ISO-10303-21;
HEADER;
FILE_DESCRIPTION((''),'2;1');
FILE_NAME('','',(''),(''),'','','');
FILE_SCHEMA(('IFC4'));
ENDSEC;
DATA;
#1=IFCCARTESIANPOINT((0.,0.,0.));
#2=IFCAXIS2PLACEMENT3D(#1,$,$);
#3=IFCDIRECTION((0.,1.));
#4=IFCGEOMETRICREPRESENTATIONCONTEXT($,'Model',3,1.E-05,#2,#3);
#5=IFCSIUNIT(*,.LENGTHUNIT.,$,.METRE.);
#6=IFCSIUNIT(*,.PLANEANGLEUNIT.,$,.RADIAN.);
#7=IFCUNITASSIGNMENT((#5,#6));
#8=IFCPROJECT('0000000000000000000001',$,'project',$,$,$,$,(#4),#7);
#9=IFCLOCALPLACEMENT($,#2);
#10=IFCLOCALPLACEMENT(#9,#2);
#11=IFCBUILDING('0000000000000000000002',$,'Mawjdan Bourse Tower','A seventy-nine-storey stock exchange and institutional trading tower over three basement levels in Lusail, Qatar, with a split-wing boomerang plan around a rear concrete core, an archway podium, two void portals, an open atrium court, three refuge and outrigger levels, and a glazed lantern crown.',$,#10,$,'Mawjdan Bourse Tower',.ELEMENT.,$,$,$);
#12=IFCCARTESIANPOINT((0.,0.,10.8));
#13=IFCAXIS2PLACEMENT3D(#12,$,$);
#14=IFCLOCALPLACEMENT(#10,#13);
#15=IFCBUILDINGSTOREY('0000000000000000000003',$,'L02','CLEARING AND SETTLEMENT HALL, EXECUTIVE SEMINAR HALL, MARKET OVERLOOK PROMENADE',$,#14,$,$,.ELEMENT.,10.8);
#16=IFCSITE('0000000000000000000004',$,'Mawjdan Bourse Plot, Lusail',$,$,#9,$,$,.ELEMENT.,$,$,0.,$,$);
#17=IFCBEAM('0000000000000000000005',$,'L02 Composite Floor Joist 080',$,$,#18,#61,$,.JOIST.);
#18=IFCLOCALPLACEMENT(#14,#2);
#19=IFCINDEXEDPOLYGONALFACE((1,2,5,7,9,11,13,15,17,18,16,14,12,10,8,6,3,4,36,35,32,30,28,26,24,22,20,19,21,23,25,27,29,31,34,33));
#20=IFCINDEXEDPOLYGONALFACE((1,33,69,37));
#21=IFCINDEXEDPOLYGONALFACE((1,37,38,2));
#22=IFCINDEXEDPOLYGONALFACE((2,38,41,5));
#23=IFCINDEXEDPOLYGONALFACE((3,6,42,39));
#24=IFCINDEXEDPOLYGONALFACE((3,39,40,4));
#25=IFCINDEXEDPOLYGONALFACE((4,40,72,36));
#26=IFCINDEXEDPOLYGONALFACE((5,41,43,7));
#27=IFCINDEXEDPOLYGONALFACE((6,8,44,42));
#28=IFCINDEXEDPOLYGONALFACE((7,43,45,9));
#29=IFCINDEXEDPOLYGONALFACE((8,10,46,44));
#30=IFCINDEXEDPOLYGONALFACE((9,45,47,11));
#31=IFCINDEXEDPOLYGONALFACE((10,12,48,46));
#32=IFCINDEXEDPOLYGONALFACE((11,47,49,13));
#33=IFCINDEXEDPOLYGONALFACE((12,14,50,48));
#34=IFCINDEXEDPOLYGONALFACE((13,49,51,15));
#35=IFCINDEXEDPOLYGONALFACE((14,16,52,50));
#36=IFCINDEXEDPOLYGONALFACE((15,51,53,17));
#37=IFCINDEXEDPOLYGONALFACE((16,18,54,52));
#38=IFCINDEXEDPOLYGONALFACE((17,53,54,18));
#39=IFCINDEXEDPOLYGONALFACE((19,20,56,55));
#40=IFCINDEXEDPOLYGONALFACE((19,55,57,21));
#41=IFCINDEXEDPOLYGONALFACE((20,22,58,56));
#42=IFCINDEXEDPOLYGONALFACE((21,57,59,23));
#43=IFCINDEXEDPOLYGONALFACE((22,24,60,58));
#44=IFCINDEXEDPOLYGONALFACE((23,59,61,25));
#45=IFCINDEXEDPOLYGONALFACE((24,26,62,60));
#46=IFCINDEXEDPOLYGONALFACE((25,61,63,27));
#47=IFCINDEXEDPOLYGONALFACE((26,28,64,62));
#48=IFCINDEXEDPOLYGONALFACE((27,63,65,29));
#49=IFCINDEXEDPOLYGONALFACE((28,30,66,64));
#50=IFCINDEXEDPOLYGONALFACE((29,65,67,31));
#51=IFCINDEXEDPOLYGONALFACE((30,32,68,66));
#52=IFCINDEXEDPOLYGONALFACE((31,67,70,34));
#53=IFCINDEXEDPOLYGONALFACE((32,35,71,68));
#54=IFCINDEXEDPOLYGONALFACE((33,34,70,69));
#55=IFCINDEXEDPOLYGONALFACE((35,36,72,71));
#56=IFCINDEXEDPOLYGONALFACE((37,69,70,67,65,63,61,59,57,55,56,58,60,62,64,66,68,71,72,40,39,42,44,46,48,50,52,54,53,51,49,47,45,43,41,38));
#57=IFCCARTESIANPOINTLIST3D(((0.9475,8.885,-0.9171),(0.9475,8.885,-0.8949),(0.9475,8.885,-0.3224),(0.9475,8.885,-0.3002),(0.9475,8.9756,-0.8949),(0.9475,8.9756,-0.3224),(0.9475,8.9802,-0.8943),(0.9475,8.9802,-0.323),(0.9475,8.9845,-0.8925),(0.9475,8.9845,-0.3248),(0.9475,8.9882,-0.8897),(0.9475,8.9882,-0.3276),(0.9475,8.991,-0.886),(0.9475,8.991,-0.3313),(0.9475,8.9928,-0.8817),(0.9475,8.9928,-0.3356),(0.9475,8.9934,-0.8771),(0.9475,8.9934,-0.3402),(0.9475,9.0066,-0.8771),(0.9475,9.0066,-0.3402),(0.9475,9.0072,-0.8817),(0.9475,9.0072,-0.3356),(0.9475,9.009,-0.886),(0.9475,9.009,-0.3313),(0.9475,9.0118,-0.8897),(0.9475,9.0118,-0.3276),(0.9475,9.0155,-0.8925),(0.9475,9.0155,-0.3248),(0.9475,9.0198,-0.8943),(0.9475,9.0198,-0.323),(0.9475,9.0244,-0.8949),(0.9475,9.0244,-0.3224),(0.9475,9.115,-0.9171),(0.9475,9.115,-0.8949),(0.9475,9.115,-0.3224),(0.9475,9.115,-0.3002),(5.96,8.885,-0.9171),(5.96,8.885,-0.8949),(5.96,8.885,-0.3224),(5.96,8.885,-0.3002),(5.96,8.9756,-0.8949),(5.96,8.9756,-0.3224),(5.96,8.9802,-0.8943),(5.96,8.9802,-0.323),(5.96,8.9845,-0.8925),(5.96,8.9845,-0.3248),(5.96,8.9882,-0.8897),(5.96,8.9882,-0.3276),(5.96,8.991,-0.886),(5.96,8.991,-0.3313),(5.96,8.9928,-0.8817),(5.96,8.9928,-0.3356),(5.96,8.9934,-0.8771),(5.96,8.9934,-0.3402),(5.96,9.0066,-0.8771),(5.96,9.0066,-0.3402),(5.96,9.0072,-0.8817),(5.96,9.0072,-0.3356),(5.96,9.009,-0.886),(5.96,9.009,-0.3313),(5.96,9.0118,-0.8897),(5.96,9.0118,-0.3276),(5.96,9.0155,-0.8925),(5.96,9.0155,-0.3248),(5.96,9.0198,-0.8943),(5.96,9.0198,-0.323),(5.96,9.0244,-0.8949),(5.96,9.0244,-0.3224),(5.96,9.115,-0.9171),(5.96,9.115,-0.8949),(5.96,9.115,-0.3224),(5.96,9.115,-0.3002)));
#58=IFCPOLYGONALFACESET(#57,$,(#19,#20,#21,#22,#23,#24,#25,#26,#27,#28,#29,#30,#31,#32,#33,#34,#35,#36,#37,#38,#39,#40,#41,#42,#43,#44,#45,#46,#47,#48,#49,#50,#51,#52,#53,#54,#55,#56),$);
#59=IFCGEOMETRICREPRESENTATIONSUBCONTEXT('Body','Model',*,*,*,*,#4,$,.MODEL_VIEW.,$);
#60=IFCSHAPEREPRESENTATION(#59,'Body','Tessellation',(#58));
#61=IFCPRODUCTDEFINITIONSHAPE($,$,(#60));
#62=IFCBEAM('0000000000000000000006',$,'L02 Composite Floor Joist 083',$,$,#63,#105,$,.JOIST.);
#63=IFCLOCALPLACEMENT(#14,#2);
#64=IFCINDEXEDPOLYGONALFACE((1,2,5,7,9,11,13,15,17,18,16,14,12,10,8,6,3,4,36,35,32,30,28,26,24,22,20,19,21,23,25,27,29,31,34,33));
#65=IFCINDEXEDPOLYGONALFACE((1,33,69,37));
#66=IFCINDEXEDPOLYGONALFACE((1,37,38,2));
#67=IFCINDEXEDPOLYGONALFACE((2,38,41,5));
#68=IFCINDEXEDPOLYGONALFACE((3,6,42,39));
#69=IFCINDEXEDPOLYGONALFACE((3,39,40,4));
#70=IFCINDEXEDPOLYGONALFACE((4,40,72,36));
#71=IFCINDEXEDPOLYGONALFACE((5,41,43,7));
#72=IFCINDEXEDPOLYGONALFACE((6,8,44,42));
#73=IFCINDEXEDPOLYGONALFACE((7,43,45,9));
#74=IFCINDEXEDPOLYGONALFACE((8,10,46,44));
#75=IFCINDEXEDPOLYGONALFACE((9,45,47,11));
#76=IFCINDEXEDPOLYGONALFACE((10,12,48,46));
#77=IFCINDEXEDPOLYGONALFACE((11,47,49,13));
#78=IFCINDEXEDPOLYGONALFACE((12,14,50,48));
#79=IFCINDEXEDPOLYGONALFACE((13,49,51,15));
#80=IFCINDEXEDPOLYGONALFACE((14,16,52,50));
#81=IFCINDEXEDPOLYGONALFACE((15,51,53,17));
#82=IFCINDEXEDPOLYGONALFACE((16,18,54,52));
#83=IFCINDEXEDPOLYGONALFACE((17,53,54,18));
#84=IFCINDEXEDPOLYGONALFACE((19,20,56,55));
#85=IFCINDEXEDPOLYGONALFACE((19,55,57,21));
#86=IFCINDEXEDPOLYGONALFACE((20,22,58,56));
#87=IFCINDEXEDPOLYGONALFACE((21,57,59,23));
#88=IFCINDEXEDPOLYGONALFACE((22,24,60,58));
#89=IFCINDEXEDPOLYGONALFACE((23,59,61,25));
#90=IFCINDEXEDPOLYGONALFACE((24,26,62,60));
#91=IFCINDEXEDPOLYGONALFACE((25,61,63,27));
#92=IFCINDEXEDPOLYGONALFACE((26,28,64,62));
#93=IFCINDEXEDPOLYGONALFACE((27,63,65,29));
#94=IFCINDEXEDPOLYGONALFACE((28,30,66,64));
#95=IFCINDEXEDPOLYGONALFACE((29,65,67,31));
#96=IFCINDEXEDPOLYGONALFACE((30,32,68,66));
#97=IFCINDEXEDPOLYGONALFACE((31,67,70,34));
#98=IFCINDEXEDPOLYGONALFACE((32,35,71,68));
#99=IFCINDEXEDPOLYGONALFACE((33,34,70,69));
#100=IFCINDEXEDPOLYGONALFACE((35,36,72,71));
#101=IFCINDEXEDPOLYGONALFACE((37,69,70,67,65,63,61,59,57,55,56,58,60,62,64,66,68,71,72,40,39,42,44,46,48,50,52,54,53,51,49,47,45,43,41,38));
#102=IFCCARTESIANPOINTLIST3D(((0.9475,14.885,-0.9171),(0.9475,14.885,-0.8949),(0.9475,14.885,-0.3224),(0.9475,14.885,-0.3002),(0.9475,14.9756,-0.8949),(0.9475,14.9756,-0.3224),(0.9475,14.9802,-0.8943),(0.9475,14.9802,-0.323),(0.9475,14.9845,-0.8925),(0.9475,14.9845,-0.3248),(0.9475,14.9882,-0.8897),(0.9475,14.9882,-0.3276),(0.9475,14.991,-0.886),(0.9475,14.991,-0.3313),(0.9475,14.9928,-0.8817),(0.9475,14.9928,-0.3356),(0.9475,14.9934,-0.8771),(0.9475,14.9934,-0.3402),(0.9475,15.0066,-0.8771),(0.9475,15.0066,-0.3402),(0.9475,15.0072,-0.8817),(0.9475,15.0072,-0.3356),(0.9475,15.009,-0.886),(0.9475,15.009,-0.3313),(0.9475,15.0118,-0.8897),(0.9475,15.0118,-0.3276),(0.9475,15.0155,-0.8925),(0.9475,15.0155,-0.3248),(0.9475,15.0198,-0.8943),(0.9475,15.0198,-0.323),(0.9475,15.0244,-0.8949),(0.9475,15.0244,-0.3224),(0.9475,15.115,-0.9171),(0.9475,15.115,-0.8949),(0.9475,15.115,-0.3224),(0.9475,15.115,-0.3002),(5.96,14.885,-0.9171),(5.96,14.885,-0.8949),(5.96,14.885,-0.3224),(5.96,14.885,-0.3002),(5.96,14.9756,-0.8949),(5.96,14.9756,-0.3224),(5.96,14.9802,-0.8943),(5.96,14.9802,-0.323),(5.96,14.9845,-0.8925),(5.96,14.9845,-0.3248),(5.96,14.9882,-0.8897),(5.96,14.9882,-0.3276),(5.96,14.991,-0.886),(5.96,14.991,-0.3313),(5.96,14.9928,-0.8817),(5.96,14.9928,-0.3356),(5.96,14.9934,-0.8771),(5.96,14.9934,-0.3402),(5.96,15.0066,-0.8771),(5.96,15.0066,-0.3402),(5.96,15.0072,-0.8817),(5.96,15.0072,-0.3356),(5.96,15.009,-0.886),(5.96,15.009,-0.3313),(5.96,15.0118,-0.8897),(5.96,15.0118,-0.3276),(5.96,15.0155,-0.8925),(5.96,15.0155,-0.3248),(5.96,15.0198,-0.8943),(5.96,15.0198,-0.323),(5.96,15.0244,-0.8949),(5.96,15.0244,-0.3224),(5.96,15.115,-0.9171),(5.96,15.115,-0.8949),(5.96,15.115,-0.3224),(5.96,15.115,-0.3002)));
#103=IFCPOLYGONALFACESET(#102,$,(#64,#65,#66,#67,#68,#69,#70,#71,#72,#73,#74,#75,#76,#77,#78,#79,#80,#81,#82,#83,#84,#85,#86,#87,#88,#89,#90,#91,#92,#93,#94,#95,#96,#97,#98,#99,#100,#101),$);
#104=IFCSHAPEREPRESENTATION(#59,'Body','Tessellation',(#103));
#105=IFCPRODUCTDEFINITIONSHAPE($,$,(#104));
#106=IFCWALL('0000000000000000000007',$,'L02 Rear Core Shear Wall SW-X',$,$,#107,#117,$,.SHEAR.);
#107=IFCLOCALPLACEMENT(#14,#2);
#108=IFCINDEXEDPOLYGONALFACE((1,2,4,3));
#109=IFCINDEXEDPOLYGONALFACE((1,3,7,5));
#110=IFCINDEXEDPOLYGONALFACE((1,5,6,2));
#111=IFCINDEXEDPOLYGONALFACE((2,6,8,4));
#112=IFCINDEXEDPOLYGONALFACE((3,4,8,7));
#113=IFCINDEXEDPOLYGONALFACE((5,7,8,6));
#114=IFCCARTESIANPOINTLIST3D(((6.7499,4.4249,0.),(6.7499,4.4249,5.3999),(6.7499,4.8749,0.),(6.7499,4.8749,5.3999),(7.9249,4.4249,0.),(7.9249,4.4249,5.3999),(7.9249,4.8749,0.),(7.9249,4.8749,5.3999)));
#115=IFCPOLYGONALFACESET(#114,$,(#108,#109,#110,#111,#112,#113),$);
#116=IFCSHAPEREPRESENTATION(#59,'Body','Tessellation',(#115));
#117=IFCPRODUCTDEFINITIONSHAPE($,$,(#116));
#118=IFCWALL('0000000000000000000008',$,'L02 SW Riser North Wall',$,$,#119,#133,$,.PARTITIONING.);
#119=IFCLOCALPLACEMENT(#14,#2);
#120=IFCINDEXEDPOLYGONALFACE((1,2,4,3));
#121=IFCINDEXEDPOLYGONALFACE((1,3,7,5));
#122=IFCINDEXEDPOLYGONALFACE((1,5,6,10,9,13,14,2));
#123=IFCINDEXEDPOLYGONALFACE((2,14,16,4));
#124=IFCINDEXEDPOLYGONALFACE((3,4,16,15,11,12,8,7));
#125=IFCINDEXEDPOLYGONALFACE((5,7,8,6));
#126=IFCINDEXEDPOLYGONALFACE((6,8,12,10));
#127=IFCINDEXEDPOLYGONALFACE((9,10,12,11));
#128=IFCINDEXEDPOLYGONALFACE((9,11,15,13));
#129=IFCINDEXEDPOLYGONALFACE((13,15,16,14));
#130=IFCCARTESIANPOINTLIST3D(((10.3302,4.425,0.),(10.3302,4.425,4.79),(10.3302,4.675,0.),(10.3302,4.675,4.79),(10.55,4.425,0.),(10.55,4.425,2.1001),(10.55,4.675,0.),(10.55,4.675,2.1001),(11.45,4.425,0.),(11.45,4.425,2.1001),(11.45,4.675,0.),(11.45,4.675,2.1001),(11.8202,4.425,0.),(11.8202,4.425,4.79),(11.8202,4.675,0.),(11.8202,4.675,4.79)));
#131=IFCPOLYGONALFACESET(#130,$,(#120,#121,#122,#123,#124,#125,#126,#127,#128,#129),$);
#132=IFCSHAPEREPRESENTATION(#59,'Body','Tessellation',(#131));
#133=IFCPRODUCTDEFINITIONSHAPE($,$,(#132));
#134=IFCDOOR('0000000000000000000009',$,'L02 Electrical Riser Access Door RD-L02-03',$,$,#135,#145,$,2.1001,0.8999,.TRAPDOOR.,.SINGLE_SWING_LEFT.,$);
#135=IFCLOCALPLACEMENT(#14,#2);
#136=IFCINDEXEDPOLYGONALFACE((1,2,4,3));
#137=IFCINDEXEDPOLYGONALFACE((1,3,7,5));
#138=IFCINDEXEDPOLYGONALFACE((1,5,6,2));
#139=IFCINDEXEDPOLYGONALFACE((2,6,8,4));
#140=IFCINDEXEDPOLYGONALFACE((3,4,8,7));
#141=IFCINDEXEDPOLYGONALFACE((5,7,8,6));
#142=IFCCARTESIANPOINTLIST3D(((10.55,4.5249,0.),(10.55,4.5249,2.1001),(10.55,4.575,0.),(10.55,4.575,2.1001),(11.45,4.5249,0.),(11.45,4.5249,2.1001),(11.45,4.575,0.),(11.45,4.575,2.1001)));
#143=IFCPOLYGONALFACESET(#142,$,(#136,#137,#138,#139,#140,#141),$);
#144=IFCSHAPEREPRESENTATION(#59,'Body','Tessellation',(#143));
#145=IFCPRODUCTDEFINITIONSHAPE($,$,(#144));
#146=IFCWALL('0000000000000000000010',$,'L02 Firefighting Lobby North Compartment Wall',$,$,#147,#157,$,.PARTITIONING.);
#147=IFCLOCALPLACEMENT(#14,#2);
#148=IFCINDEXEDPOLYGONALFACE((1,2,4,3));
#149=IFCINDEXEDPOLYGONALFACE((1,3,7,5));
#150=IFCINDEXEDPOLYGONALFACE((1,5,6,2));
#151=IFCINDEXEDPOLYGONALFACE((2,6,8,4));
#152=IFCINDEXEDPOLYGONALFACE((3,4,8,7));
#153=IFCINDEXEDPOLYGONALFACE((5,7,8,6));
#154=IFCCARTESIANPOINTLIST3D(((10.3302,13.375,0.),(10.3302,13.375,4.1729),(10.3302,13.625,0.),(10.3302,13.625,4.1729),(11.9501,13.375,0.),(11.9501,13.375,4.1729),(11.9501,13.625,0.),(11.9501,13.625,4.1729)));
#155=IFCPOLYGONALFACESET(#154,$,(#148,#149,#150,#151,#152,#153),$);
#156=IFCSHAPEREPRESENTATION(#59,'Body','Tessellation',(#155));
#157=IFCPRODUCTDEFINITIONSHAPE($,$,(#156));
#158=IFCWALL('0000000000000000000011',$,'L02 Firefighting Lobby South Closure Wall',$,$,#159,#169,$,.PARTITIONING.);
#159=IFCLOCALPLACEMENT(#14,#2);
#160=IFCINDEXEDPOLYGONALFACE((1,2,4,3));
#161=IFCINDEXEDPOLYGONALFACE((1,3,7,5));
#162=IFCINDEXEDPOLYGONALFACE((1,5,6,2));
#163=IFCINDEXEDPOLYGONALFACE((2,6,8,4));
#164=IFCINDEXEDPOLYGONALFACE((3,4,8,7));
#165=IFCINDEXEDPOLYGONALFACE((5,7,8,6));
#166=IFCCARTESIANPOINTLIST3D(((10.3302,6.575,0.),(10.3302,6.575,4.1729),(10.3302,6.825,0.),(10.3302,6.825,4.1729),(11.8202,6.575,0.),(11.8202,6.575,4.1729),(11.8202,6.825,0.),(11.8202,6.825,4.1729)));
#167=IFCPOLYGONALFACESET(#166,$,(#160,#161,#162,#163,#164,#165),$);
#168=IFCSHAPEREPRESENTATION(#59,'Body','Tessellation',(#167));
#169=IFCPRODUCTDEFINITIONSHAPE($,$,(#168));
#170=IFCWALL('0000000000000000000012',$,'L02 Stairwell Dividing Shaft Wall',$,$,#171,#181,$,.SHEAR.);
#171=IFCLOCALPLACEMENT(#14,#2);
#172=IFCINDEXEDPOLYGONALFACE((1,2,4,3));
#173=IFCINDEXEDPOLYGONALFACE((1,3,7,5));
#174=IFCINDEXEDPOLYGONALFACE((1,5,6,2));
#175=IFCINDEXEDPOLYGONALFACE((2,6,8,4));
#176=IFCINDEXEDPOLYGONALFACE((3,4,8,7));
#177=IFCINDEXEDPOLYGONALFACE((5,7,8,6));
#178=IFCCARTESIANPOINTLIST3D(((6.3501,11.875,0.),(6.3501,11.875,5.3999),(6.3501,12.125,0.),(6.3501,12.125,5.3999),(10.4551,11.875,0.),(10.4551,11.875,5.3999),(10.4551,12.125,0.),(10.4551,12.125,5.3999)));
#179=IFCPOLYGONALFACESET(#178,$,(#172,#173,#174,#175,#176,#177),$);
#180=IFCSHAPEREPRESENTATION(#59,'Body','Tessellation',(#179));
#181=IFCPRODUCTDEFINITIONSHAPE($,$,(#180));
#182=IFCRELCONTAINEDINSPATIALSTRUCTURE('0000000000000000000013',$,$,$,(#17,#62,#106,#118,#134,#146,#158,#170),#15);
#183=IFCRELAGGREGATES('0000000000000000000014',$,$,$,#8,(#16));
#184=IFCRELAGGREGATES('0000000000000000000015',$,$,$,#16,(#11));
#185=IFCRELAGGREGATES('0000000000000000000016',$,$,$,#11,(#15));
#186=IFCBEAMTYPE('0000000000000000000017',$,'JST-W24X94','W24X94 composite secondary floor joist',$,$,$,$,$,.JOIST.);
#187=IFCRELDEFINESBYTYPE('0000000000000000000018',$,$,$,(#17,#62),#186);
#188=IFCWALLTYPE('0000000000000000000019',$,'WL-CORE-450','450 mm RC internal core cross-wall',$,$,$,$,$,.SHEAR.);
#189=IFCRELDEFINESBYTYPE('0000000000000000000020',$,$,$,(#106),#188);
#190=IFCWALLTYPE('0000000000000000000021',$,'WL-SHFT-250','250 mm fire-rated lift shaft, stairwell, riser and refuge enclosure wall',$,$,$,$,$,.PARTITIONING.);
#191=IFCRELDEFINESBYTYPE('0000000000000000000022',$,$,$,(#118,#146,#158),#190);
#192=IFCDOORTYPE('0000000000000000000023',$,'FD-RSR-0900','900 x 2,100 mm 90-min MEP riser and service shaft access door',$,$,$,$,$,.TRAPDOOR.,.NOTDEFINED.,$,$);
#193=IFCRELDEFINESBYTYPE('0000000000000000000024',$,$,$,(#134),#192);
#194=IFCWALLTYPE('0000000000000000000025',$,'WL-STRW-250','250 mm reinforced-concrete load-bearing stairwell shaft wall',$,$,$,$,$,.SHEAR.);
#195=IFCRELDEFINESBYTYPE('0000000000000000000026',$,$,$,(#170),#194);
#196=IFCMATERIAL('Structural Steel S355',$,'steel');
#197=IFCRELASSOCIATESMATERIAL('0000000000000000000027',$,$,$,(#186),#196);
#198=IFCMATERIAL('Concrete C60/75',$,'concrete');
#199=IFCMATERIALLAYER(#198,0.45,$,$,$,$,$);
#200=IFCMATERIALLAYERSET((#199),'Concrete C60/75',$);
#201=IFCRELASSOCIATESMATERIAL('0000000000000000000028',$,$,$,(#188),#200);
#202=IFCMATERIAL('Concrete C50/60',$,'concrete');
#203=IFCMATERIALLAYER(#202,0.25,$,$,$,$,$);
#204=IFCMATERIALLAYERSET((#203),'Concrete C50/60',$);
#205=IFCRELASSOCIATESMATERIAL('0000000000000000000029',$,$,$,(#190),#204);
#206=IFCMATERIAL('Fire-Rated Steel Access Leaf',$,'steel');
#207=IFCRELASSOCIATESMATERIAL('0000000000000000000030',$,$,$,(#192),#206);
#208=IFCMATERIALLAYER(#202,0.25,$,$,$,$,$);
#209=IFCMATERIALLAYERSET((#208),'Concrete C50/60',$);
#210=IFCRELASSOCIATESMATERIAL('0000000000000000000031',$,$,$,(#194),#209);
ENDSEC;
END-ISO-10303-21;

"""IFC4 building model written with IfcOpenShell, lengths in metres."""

from ifc_helpers import new_model, si_unit, direction, frame, frame_2d, origin, origin_2d, place, context, subcontext, project, spatial, rectangle, i_section, extrude, material, layer, layer_set, material_profile, profile_set, type_object, element, fill, save


model = new_model("IFC4")

# Units and contexts
model_context = context("Model", 3, precision=1e-05, world=origin(), true_north=direction((0.0, 1.0)))
body_context = subcontext(model_context, "Body", "Model", "MODEL_VIEW")
ifc_project = project(units=[si_unit("LENGTHUNIT", "METRE"), si_unit("PLANEANGLEUNIT", "RADIAN")], contexts=[model_context])

# Site, building, storey
site_placement = place(None, origin())
site = spatial("IfcSite", under=ifc_project, at=site_placement, Name="Mawjdan Bourse Plot, Lusail", CompositionType="ELEMENT", RefElevation=0.0)
building_placement = place(site_placement, origin())
building = spatial("IfcBuilding", under=site, at=building_placement, Name="Mawjdan Bourse Tower", Description="A seventy-nine-storey stock exchange and institutional trading tower over three basement levels in Lusail, Qatar, with a split-wing boomerang plan around a rear concrete core, an archway podium, two void portals, an open atrium court, three refuge and outrigger levels, and a glazed lantern crown.", LongName="Mawjdan Bourse Tower", CompositionType="ELEMENT")
storey_placement = place(building_placement, frame((0.0, 0.0, 10.8)))
storey = spatial("IfcBuildingStorey", under=building, at=storey_placement, Name="L02", Description="CLEARING AND SETTLEMENT HALL, EXECUTIVE SEMINAR HALL, MARKET OVERLOOK PROMENADE", CompositionType="ELEMENT", Elevation=10.8)

# Beams
ifc_material_1 = material(Name="Structural Steel S355", Category="steel")
ifc_material_profile_1 = material_profile(ifc_material_1, i_section(OverallWidth=0.23, OverallDepth=0.6169, WebThickness=0.0132, FlangeThickness=0.0222, FilletRadius=0.0178, at=origin_2d()), Name="W24X94")
ifc_profile_set_1 = profile_set([ifc_material_profile_1], Name="Structural Steel S355")
beam_type_1 = type_object("IfcBeamType", Name="JST-W24X94", Description="W24X94 composite secondary floor joist", PredefinedType="JOIST", material=ifc_profile_set_1)
for number, where, z_axis, x_axis, name in (
    (1, (0.9475, 9.0, -0.6086), (1.0, 0.0, 0.0), (0.0, 1.0, 0.0), "L02 Composite Floor Joist 080"),
    (2, (0.9475, 15.0, -0.6086), (1.0, 0.0, 0.0), (0.0, 1.0, 0.0), "L02 Composite Floor Joist 083"),
):
    element("IfcBeam", number, at=place(storey_placement, frame(where, z_axis=z_axis, x_axis=x_axis)), inside=storey, type_object=beam_type_1, Name=name, PredefinedType="JOIST", context=body_context, shape_type="SweptSolid", body=[
        extrude(i_section(OverallWidth=0.23, OverallDepth=0.6169, WebThickness=0.0132, FlangeThickness=0.0222, FilletRadius=0.0178, at=origin_2d()), origin(), (0.0, 0.0, 1.0), 5.0125),
    ])

# Wall
ifc_material_2 = material(Name="Concrete C60/75", Category="concrete")
ifc_layer_1 = layer(ifc_material_2, 0.45)
ifc_layer_set_1 = layer_set([ifc_layer_1], Name="Concrete C60/75")
wall_type_1 = type_object("IfcWallType", Name="WL-CORE-450", Description="450 mm RC internal core cross-wall", PredefinedType="SHEAR", material=ifc_layer_set_1)
wall_1_placement = place(storey_placement, frame((6.75, 4.6499, 0.0), z_axis=(0.0, 0.0, 1.0), x_axis=(1.0, 0.0, 0.0)))
element("IfcWall", 3, at=wall_1_placement, inside=storey, type_object=wall_type_1, Name="L02 Rear Core Shear Wall SW-X", PredefinedType="SHEAR", context=body_context, shape_type="SweptSolid", body=[
    extrude(rectangle(XDim=1.175, YDim=0.45, at=frame_2d((0.5874, 0.0))), origin(), (0.0, 0.0, 1.0), 5.3999),
])

# Wall, opening, door
ifc_material_3 = material(Name="Concrete C50/60", Category="concrete")
ifc_layer_2 = layer(ifc_material_3, 0.25)
ifc_layer_set_2 = layer_set([ifc_layer_2], Name="Concrete C50/60")
wall_type_2 = type_object("IfcWallType", Name="WL-SHFT-250", Description="250 mm fire-rated lift shaft, stairwell, riser and refuge enclosure wall", PredefinedType="PARTITIONING", material=ifc_layer_set_2)
wall_2_placement = place(storey_placement, frame((10.3301, 4.55, 0.0), z_axis=(0.0, 0.0, 1.0), x_axis=(1.0, 0.0, 0.0)))
wall_2 = element("IfcWall", 4, at=wall_2_placement, inside=storey, type_object=wall_type_2, Name="L02 SW Riser North Wall", PredefinedType="PARTITIONING", context=body_context, shape_type="SweptSolid", body=[
    extrude(rectangle(XDim=1.49, YDim=0.25, at=frame_2d((0.7451, 0.0))), origin(), (0.0, 0.0, 1.0), 4.79),
])
opening_1_placement = place(wall_2_placement, frame((0.22, 0.0, 0.0)))
opening_1 = element("IfcOpeningElement", 5, at=opening_1_placement, cuts=wall_2, PredefinedType="OPENING", context=body_context, shape_type="SweptSolid", body=[
    extrude(rectangle(XDim=0.8999, YDim=2.1001, at=frame_2d((0.45, 1.05))), frame((0.0, 0.135, 0.0), z_axis=(0.0, -1.0, 0.0), x_axis=(1.0, 0.0, 0.0)), (0.0, 0.0, 1.0), 0.27),
])
ifc_material_4 = material(Name="Fire-Rated Steel Access Leaf", Category="steel")
door_type_1 = type_object("IfcDoorType", Name="FD-RSR-0900", Description="900 x 2,100 mm 90-min MEP riser and service shaft access door", OperationType="NOTDEFINED", PredefinedType="TRAPDOOR", material=ifc_material_4)
door_1_placement = place(opening_1_placement, origin())
door_1 = element("IfcDoor", 6, at=door_1_placement, inside=storey, type_object=door_type_1, Name="L02 Electrical Riser Access Door RD-L02-03", OperationType="SINGLE_SWING_LEFT", OverallHeight=2.1001, OverallWidth=0.8999, PredefinedType="TRAPDOOR", context=body_context, shape_type="SweptSolid", body=[
    extrude(rectangle(XDim=0.8999, YDim=2.1001, at=frame_2d((0.45, 1.05))), frame((0.0, 0.0249, 0.0), z_axis=(0.0, -1.0, 0.0), x_axis=(1.0, 0.0, 0.0)), (0.0, 0.0, 1.0), 0.05),
])
fill(opening_1, door_1)

# Walls
wall_3_placement = place(storey_placement, frame((10.3301, 13.5, 0.0), z_axis=(0.0, 0.0, 1.0), x_axis=(1.0, 0.0, 0.0)))
element("IfcWall", 7, at=wall_3_placement, inside=storey, type_object=wall_type_2, Name="L02 Firefighting Lobby North Compartment Wall", PredefinedType="PARTITIONING", context=body_context, shape_type="SweptSolid", body=[
    extrude(rectangle(XDim=1.6199, YDim=0.25, at=frame_2d((0.8101, 0.0))), origin(), (0.0, 0.0, 1.0), 4.1729),
])
wall_4_placement = place(storey_placement, frame((10.3301, 6.7, 0.0), z_axis=(0.0, 0.0, 1.0), x_axis=(1.0, 0.0, 0.0)))
element("IfcWall", 8, at=wall_4_placement, inside=storey, type_object=wall_type_2, Name="L02 Firefighting Lobby South Closure Wall", PredefinedType="PARTITIONING", context=body_context, shape_type="SweptSolid", body=[
    extrude(rectangle(XDim=1.49, YDim=0.25, at=frame_2d((0.7451, 0.0))), origin(), (0.0, 0.0, 1.0), 4.1729),
])
ifc_layer_3 = layer(ifc_material_3, 0.25)
ifc_layer_set_3 = layer_set([ifc_layer_3], Name="Concrete C50/60")
wall_type_3 = type_object("IfcWallType", Name="WL-STRW-250", Description="250 mm reinforced-concrete load-bearing stairwell shaft wall", PredefinedType="SHEAR", material=ifc_layer_set_3)
wall_5_placement = place(storey_placement, frame((6.3501, 12.0, 0.0), z_axis=(0.0, 0.0, 1.0), x_axis=(1.0, 0.0, 0.0)))
element("IfcWall", 9, at=wall_5_placement, inside=storey, type_object=wall_type_3, Name="L02 Stairwell Dividing Shaft Wall", PredefinedType="SHEAR", context=body_context, shape_type="SweptSolid", body=[
    extrude(rectangle(XDim=4.105, YDim=0.25, at=frame_2d((2.0525, 0.0))), origin(), (0.0, 0.0, 1.0), 5.3999),
])

save(model, "model.ifc")
